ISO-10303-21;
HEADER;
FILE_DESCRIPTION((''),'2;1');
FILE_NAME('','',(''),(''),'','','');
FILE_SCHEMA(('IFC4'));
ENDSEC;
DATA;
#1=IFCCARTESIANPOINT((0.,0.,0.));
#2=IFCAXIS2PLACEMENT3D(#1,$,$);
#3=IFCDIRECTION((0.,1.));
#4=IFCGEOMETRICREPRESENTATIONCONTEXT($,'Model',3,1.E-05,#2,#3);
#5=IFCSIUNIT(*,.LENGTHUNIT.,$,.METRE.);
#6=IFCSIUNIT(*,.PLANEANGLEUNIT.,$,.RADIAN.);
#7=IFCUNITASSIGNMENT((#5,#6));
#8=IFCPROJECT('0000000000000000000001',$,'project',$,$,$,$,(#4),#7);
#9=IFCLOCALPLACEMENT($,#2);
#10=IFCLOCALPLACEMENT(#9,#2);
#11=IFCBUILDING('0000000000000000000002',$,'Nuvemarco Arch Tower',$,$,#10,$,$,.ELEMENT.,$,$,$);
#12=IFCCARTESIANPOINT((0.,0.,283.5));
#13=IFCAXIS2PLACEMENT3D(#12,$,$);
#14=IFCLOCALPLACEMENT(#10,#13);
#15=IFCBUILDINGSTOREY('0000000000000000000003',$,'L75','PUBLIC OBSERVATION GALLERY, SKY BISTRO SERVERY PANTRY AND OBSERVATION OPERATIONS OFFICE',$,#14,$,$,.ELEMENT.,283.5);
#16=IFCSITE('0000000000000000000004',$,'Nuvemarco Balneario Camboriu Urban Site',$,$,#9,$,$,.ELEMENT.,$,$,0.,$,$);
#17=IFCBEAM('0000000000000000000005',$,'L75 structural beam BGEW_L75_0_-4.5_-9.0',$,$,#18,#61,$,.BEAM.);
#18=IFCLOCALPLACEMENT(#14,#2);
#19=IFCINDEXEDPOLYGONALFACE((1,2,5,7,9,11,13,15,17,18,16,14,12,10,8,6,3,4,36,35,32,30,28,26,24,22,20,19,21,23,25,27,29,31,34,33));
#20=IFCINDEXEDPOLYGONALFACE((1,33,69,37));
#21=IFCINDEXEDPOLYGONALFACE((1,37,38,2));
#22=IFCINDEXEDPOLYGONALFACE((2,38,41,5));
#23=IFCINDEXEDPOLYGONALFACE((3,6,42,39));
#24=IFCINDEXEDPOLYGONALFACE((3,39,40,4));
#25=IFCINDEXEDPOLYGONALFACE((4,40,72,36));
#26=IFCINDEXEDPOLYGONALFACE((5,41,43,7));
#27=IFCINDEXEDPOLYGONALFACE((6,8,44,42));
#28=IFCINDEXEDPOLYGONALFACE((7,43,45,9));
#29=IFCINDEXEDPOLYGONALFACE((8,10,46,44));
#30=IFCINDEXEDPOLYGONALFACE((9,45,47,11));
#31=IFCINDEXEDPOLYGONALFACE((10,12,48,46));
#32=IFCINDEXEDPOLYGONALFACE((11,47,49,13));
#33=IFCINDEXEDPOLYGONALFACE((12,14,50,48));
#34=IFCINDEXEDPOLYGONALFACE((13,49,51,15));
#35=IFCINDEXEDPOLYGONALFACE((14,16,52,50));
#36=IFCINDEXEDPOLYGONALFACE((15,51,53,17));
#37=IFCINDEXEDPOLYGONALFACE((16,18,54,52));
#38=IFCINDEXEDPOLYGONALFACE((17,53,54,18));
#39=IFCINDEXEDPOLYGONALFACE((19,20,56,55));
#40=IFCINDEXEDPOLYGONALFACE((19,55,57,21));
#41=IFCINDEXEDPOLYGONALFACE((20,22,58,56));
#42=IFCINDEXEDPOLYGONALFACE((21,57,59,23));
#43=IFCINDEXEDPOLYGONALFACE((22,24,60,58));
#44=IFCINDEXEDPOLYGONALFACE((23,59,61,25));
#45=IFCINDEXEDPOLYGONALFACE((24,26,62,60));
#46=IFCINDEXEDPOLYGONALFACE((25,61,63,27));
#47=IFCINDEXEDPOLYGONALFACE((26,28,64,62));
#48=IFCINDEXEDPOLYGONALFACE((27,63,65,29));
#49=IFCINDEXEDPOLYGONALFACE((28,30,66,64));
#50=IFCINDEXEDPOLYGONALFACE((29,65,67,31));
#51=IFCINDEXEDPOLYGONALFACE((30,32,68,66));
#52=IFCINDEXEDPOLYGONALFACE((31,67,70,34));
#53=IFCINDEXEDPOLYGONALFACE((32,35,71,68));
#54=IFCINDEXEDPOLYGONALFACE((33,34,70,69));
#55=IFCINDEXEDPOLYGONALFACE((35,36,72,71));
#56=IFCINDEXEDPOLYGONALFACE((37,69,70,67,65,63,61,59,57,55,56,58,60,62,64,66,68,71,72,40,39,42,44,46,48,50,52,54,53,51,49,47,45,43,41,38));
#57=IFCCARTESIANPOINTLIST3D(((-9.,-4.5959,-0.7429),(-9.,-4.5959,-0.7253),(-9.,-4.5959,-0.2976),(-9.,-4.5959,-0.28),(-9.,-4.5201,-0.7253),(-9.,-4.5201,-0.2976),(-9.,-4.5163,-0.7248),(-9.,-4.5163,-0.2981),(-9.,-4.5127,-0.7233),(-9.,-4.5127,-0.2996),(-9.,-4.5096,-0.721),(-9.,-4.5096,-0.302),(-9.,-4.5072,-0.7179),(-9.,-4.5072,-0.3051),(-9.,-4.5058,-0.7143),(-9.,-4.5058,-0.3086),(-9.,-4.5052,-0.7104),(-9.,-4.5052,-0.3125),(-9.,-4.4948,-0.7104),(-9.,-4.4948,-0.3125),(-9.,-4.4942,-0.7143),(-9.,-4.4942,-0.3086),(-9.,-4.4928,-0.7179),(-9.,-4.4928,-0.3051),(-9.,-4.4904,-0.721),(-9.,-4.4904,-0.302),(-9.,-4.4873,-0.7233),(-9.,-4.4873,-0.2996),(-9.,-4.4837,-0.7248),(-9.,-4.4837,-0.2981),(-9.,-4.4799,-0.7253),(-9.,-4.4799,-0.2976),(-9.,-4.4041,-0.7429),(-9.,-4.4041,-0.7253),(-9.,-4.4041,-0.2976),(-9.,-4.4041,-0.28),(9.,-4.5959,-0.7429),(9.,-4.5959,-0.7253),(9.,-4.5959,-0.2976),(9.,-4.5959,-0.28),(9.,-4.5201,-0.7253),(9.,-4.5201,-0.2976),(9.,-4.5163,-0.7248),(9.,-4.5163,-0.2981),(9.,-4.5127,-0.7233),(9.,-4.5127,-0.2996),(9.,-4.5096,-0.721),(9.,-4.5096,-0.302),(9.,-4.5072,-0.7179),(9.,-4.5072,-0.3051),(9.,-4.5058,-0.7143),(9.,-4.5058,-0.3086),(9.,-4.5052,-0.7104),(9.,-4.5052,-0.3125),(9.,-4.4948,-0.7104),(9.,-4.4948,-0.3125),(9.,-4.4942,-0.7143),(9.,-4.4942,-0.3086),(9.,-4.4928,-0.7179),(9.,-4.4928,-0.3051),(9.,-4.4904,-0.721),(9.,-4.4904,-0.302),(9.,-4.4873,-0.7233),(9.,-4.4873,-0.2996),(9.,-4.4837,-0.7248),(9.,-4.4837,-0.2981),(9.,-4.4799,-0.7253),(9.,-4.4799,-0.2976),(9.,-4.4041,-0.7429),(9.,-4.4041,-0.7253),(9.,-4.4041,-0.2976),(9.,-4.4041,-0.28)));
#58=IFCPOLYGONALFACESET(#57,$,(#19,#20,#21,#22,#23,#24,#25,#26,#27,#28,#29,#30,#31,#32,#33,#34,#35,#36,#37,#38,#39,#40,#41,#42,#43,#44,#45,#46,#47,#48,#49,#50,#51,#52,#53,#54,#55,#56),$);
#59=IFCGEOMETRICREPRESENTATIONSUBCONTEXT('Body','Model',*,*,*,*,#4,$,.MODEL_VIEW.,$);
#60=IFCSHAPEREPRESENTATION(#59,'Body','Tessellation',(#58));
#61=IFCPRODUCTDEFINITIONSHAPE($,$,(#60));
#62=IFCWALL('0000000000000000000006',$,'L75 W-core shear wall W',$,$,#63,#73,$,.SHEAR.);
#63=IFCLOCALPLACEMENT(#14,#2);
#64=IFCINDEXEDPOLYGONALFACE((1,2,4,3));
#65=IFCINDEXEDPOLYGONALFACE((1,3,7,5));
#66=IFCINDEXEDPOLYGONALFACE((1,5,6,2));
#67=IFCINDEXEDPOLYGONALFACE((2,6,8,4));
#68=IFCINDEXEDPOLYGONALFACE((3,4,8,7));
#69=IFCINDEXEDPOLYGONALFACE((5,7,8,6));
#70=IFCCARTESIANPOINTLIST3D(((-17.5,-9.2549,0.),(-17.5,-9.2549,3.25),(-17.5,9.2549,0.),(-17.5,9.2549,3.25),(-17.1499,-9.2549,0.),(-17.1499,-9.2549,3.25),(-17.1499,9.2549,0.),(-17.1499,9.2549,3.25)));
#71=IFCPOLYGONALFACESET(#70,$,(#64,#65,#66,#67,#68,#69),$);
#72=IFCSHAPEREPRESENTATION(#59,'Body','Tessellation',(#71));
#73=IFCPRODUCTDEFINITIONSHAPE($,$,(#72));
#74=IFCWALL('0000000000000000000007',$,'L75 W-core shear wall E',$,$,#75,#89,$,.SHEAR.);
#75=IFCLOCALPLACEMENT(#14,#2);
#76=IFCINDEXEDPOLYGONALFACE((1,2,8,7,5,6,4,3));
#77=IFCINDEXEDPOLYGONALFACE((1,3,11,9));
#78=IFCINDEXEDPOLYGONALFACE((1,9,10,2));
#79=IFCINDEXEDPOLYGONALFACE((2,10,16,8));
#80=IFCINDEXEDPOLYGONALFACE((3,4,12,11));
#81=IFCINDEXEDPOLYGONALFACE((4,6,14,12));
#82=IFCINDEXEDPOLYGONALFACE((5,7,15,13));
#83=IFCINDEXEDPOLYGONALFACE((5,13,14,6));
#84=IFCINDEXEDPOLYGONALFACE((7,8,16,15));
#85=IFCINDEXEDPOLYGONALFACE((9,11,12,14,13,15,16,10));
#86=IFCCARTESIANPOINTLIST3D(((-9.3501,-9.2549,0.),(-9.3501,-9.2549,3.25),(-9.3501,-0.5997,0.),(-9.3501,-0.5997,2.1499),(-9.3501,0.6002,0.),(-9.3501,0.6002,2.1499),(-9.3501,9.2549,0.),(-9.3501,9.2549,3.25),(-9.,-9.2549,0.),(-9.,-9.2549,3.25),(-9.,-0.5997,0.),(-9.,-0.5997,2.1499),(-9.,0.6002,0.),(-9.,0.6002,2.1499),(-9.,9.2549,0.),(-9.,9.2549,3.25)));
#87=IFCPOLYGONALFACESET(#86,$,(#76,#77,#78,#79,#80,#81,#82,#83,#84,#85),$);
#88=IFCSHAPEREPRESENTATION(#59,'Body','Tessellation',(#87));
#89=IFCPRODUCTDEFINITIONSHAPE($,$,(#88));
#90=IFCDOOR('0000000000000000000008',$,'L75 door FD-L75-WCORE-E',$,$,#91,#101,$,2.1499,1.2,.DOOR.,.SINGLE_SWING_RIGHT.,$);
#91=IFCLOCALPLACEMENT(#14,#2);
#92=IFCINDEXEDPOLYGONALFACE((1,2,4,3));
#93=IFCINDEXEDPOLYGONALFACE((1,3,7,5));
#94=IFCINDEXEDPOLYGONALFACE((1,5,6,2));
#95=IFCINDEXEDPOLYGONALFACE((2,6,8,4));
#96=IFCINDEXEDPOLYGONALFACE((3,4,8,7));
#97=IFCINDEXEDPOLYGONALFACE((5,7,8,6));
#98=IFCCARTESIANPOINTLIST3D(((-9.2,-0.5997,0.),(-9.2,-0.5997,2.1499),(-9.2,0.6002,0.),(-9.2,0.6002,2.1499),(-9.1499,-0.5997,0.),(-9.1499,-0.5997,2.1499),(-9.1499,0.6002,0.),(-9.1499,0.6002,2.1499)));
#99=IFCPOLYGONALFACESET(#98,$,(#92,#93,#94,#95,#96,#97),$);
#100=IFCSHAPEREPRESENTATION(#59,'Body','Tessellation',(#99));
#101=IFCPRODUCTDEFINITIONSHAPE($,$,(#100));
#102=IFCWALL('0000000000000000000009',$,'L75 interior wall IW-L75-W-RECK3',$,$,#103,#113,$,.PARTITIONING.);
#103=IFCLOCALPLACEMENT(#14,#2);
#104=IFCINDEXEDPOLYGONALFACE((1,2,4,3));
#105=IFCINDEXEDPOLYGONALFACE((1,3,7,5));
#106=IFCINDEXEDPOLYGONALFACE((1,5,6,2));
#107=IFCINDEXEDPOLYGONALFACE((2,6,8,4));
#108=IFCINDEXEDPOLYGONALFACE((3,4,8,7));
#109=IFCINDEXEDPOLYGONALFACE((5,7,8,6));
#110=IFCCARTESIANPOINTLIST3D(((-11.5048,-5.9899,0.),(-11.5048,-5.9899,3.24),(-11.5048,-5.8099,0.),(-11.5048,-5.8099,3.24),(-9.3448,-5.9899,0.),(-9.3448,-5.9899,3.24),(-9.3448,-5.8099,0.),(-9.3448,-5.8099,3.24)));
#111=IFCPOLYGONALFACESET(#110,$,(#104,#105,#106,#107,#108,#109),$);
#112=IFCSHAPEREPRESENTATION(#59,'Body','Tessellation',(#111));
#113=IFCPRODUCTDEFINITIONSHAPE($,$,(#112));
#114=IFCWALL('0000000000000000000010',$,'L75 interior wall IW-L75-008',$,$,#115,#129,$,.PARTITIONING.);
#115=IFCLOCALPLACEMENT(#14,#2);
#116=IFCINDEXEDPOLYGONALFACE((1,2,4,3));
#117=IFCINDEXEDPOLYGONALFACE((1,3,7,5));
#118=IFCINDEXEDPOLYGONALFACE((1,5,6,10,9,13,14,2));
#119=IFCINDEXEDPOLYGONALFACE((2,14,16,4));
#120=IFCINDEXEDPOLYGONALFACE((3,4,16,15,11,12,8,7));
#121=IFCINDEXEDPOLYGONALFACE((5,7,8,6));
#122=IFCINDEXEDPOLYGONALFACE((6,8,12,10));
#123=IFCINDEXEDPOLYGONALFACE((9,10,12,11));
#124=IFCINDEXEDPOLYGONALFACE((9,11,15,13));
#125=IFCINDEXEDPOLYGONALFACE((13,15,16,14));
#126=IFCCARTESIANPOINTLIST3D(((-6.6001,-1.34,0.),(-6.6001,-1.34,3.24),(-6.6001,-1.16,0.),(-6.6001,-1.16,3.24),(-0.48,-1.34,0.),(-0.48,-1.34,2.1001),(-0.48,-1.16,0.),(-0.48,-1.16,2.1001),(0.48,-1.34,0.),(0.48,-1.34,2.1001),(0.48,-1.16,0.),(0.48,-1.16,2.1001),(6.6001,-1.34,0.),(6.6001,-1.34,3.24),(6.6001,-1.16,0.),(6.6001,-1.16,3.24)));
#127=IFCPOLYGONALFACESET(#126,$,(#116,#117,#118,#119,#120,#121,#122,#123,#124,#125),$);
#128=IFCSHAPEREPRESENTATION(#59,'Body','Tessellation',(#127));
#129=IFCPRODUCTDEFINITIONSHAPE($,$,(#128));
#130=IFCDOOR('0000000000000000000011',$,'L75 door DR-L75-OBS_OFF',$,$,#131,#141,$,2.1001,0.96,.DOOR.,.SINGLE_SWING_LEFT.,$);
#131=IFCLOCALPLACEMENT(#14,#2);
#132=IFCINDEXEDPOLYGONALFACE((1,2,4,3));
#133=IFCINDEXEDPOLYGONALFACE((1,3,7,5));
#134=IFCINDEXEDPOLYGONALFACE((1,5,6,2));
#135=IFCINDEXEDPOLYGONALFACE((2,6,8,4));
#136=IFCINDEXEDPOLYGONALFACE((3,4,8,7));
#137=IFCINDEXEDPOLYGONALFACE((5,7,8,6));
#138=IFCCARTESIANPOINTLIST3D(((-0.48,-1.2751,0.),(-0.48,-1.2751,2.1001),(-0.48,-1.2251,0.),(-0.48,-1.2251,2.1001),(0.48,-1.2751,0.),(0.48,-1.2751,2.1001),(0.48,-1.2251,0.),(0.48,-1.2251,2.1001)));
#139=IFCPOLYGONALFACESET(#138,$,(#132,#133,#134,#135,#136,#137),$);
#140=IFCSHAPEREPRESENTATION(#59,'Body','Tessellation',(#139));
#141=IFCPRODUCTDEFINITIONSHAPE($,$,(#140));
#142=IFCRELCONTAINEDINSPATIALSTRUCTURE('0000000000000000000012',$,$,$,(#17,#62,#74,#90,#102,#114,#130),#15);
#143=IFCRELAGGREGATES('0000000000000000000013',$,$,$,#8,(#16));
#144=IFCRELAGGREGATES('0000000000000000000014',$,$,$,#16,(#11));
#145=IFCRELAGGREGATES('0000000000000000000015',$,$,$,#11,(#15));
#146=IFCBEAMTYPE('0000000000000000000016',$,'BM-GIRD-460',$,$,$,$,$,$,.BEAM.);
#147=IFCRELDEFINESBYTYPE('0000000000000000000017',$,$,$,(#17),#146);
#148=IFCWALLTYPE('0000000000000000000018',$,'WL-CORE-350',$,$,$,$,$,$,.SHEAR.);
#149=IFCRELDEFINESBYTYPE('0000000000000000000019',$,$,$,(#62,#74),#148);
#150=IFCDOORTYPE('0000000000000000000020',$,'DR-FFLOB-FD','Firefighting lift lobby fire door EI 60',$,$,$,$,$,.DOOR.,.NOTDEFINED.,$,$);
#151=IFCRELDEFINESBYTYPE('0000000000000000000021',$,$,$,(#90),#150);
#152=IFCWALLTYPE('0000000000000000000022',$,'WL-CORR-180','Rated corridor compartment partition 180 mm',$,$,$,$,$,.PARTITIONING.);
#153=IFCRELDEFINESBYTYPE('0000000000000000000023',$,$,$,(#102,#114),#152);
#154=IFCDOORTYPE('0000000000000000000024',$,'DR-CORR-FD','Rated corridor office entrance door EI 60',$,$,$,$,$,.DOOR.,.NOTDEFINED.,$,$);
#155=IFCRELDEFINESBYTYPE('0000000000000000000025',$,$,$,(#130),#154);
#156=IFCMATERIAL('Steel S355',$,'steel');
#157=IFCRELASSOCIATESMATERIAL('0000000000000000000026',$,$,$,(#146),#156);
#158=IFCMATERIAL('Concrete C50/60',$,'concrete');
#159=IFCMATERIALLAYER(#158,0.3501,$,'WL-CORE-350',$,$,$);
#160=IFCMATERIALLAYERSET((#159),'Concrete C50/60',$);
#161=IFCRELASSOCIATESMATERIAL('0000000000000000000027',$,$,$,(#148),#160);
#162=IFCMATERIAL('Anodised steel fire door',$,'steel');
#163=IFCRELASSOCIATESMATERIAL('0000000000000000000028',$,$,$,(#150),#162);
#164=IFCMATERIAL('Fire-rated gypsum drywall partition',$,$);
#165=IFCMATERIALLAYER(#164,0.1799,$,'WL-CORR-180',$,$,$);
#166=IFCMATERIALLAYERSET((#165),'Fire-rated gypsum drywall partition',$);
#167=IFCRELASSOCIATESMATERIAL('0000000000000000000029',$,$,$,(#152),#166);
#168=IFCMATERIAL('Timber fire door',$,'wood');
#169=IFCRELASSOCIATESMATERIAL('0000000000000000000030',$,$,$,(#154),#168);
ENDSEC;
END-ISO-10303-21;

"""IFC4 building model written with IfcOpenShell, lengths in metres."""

from ifc_helpers import new_model, si_unit, direction, frame, frame_2d, origin, origin_2d, place, context, subcontext, project, spatial, rectangle, i_section, extrude, source, transform, mapped, material, layer, layer_set, material_profile, profile_set, type_object, type_shapes, element, fill, save


model = new_model("IFC4")

# Units and contexts
model_context = context("Model", 3, precision=1e-05, world=origin(), true_north=direction((0.0, 1.0)))
body_context = subcontext(model_context, "Body", "Model", "MODEL_VIEW")
ifc_project = project(units=[si_unit("LENGTHUNIT", "METRE"), si_unit("PLANEANGLEUNIT", "RADIAN")], contexts=[model_context])

# Site, building, storey
site_placement = place(None, origin())
site = spatial("IfcSite", under=ifc_project, at=site_placement, Name="Nuvemarco Balneario Camboriu Urban Site", CompositionType="ELEMENT", RefElevation=0.0)
building_placement = place(site_placement, origin())
building = spatial("IfcBuilding", under=site, at=building_placement, Name="Nuvemarco Arch Tower", CompositionType="ELEMENT")
storey_placement = place(building_placement, frame((0.0, 0.0, 283.5)))
storey = spatial("IfcBuildingStorey", under=building, at=storey_placement, Name="L75", Description="PUBLIC OBSERVATION GALLERY, SKY BISTRO SERVERY PANTRY AND OBSERVATION OPERATIONS OFFICE", CompositionType="ELEMENT", Elevation=283.5)

# Shared definitions
ifc_material_1 = material(Name="Concrete C50/60", Category="concrete")

# Beam
ifc_material_2 = material(Name="Steel S355", Category="steel")
ifc_material_profile_1 = material_profile(ifc_material_2, i_section(OverallWidth=0.1919, OverallDepth=0.4629, WebThickness=0.0105, FlangeThickness=0.0176, FilletRadius=0.0149, at=origin_2d()), Name="W460x89")
ifc_profile_set_1 = profile_set([ifc_material_profile_1], Name="Steel S355")
beam_type_1 = type_object("IfcBeamType", Name="BM-GIRD-460", PredefinedType="BEAM", material=ifc_profile_set_1)
beam_1_placement = place(storey_placement, frame((-9.0, -4.5, -0.5115), z_axis=(1.0, 0.0, 0.0), x_axis=(0.0, 1.0, 0.0)))
element("IfcBeam", 1, at=beam_1_placement, inside=storey, type_object=beam_type_1, Name="L75 structural beam BGEW_L75_0_-4.5_-9.0", PredefinedType="BEAM", context=body_context, shape_type="SweptSolid", body=[
    extrude(i_section(OverallWidth=0.1919, OverallDepth=0.4629, WebThickness=0.0105, FlangeThickness=0.0176, FilletRadius=0.0149, at=origin_2d()), origin(), (0.0, 0.0, 1.0), 18.0),
])

# Wall
ifc_layer_1 = layer(ifc_material_1, 0.3501, Name="WL-CORE-350")
ifc_layer_set_1 = layer_set([ifc_layer_1], Name="Concrete C50/60")
wall_type_1 = type_object("IfcWallType", Name="WL-CORE-350", PredefinedType="SHEAR", material=ifc_layer_set_1)
wall_1_placement = place(storey_placement, frame((-17.325, -9.2549, 0.0), z_axis=(0.0, 0.0, 1.0), x_axis=(0.0, 1.0, 0.0)))
element("IfcWall", 2, at=wall_1_placement, inside=storey, type_object=wall_type_1, Name="L75 W-core shear wall W", PredefinedType="SHEAR", context=body_context, shape_type="SweptSolid", body=[
    extrude(rectangle(XDim=18.5098, YDim=0.3501, at=frame_2d((9.2549, 0.0))), origin(), (0.0, 0.0, 1.0), 3.25),
])

# Wall, opening, door
wall_2_placement = place(storey_placement, frame((-9.175, -9.2549, 0.0), z_axis=(0.0, 0.0, 1.0), x_axis=(0.0, 1.0, 0.0)))
wall_2 = element("IfcWall", 3, at=wall_2_placement, inside=storey, type_object=wall_type_1, Name="L75 W-core shear wall E", PredefinedType="SHEAR", context=body_context, shape_type="SweptSolid", body=[
    extrude(rectangle(XDim=18.5098, YDim=0.3501, at=frame_2d((9.2549, 0.0))), origin(), (0.0, 0.0, 1.0), 3.25),
])
opening_1_placement = place(wall_2_placement, frame((8.655, 0.0, 0.0)))
opening_1 = element("IfcOpeningElement", 4, at=opening_1_placement, cuts=wall_2, PredefinedType="OPENING", context=body_context, shape_type="SweptSolid", body=[
    extrude(rectangle(XDim=1.2, YDim=2.1499, at=frame_2d((0.6001, 1.075))), frame((0.0, 0.1851, 0.0), z_axis=(0.0, -1.0, 0.0), x_axis=(1.0, 0.0, 0.0)), (0.0, 0.0, 1.0), 0.3701),
])
ifc_material_3 = material(Name="Anodised steel fire door", Category="steel")
door_type_1 = type_object("IfcDoorType", Name="DR-FFLOB-FD", Description="Firefighting lift lobby fire door EI 60", OperationType="NOTDEFINED", PredefinedType="DOOR", material=ifc_material_3)
shared_shape_1 = source(origin(), body_context, "Body", "SweptSolid", [
    extrude(rectangle(XDim=1.2, YDim=2.1499, at=frame_2d((0.6001, 1.075))), frame((0.0, 0.0249, 0.0), z_axis=(0.0, -1.0, 0.0), x_axis=(1.0, 0.0, 0.0)), (0.0, 0.0, 1.0), 0.05),
])
type_shapes(door_type_1, [shared_shape_1])
door_1_placement = place(opening_1_placement, origin())
door_1 = element("IfcDoor", 5, at=door_1_placement, inside=storey, type_object=door_type_1, Name="L75 door FD-L75-WCORE-E", OperationType="SINGLE_SWING_RIGHT", OverallHeight=2.1499, OverallWidth=1.2, PredefinedType="DOOR", context=body_context, shape_type="MappedRepresentation", body=[
    mapped(shared_shape_1, transform((0.0, 0.0, 0.0), scale=1.0)),
])
fill(opening_1, door_1)

# Wall
ifc_material_4 = material(Name="Fire-rated gypsum drywall partition")
ifc_layer_2 = layer(ifc_material_4, 0.1799, Name="WL-CORR-180")
ifc_layer_set_2 = layer_set([ifc_layer_2], Name="Fire-rated gypsum drywall partition")
wall_type_2 = type_object("IfcWallType", Name="WL-CORR-180", Description="Rated corridor compartment partition 180 mm", PredefinedType="PARTITIONING", material=ifc_layer_set_2)
wall_3_placement = place(storey_placement, frame((-11.5049, -5.8999, 0.0), z_axis=(0.0, 0.0, 1.0), x_axis=(1.0, 0.0, 0.0)))
element("IfcWall", 6, at=wall_3_placement, inside=storey, type_object=wall_type_2, Name="L75 interior wall IW-L75-W-RECK3", PredefinedType="PARTITIONING", context=body_context, shape_type="SweptSolid", body=[
    extrude(rectangle(XDim=2.1599, YDim=0.1799, at=frame_2d((1.0801, 0.0))), origin(), (0.0, 0.0, 1.0), 3.24),
])

# Wall, opening, door
wall_4_placement = place(storey_placement, frame((-6.6001, -1.25, 0.0), z_axis=(0.0, 0.0, 1.0), x_axis=(1.0, 0.0, 0.0)))
wall_4 = element("IfcWall", 7, at=wall_4_placement, inside=storey, type_object=wall_type_2, Name="L75 interior wall IW-L75-008", PredefinedType="PARTITIONING", context=body_context, shape_type="SweptSolid", body=[
    extrude(rectangle(XDim=13.2002, YDim=0.1799, at=frame_2d((6.6001, 0.0))), origin(), (0.0, 0.0, 1.0), 3.24),
])
opening_2_placement = place(wall_4_placement, frame((6.1201, 0.0, 0.0)))
opening_2 = element("IfcOpeningElement", 8, at=opening_2_placement, cuts=wall_4, PredefinedType="OPENING", context=body_context, shape_type="SweptSolid", body=[
    extrude(rectangle(XDim=0.96, YDim=2.1001, at=frame_2d((0.48, 1.05))), frame((0.0, 0.0999, 0.0), z_axis=(0.0, -1.0, 0.0), x_axis=(1.0, 0.0, 0.0)), (0.0, 0.0, 1.0), 0.2),
])
ifc_material_5 = material(Name="Timber fire door", Category="wood")
door_type_2 = type_object("IfcDoorType", Name="DR-CORR-FD", Description="Rated corridor office entrance door EI 60", OperationType="NOTDEFINED", PredefinedType="DOOR", material=ifc_material_5)
shared_shape_2 = source(origin(), body_context, "Body", "SweptSolid", [
    extrude(rectangle(XDim=0.96, YDim=2.1001, at=frame_2d((0.48, 1.05))), frame((0.0, 0.0249, 0.0), z_axis=(0.0, -1.0, 0.0), x_axis=(1.0, 0.0, 0.0)), (0.0, 0.0, 1.0), 0.05),
])
type_shapes(door_type_2, [shared_shape_2])
door_2_placement = place(opening_2_placement, origin())
door_2 = element("IfcDoor", 9, at=door_2_placement, inside=storey, type_object=door_type_2, Name="L75 door DR-L75-OBS_OFF", OperationType="SINGLE_SWING_LEFT", OverallHeight=2.1001, OverallWidth=0.96, PredefinedType="DOOR", context=body_context, shape_type="MappedRepresentation", body=[
    mapped(shared_shape_2, transform((0.0, 0.0, 0.0), scale=1.0)),
])
fill(opening_2, door_2)

save(model, "model.ifc")
